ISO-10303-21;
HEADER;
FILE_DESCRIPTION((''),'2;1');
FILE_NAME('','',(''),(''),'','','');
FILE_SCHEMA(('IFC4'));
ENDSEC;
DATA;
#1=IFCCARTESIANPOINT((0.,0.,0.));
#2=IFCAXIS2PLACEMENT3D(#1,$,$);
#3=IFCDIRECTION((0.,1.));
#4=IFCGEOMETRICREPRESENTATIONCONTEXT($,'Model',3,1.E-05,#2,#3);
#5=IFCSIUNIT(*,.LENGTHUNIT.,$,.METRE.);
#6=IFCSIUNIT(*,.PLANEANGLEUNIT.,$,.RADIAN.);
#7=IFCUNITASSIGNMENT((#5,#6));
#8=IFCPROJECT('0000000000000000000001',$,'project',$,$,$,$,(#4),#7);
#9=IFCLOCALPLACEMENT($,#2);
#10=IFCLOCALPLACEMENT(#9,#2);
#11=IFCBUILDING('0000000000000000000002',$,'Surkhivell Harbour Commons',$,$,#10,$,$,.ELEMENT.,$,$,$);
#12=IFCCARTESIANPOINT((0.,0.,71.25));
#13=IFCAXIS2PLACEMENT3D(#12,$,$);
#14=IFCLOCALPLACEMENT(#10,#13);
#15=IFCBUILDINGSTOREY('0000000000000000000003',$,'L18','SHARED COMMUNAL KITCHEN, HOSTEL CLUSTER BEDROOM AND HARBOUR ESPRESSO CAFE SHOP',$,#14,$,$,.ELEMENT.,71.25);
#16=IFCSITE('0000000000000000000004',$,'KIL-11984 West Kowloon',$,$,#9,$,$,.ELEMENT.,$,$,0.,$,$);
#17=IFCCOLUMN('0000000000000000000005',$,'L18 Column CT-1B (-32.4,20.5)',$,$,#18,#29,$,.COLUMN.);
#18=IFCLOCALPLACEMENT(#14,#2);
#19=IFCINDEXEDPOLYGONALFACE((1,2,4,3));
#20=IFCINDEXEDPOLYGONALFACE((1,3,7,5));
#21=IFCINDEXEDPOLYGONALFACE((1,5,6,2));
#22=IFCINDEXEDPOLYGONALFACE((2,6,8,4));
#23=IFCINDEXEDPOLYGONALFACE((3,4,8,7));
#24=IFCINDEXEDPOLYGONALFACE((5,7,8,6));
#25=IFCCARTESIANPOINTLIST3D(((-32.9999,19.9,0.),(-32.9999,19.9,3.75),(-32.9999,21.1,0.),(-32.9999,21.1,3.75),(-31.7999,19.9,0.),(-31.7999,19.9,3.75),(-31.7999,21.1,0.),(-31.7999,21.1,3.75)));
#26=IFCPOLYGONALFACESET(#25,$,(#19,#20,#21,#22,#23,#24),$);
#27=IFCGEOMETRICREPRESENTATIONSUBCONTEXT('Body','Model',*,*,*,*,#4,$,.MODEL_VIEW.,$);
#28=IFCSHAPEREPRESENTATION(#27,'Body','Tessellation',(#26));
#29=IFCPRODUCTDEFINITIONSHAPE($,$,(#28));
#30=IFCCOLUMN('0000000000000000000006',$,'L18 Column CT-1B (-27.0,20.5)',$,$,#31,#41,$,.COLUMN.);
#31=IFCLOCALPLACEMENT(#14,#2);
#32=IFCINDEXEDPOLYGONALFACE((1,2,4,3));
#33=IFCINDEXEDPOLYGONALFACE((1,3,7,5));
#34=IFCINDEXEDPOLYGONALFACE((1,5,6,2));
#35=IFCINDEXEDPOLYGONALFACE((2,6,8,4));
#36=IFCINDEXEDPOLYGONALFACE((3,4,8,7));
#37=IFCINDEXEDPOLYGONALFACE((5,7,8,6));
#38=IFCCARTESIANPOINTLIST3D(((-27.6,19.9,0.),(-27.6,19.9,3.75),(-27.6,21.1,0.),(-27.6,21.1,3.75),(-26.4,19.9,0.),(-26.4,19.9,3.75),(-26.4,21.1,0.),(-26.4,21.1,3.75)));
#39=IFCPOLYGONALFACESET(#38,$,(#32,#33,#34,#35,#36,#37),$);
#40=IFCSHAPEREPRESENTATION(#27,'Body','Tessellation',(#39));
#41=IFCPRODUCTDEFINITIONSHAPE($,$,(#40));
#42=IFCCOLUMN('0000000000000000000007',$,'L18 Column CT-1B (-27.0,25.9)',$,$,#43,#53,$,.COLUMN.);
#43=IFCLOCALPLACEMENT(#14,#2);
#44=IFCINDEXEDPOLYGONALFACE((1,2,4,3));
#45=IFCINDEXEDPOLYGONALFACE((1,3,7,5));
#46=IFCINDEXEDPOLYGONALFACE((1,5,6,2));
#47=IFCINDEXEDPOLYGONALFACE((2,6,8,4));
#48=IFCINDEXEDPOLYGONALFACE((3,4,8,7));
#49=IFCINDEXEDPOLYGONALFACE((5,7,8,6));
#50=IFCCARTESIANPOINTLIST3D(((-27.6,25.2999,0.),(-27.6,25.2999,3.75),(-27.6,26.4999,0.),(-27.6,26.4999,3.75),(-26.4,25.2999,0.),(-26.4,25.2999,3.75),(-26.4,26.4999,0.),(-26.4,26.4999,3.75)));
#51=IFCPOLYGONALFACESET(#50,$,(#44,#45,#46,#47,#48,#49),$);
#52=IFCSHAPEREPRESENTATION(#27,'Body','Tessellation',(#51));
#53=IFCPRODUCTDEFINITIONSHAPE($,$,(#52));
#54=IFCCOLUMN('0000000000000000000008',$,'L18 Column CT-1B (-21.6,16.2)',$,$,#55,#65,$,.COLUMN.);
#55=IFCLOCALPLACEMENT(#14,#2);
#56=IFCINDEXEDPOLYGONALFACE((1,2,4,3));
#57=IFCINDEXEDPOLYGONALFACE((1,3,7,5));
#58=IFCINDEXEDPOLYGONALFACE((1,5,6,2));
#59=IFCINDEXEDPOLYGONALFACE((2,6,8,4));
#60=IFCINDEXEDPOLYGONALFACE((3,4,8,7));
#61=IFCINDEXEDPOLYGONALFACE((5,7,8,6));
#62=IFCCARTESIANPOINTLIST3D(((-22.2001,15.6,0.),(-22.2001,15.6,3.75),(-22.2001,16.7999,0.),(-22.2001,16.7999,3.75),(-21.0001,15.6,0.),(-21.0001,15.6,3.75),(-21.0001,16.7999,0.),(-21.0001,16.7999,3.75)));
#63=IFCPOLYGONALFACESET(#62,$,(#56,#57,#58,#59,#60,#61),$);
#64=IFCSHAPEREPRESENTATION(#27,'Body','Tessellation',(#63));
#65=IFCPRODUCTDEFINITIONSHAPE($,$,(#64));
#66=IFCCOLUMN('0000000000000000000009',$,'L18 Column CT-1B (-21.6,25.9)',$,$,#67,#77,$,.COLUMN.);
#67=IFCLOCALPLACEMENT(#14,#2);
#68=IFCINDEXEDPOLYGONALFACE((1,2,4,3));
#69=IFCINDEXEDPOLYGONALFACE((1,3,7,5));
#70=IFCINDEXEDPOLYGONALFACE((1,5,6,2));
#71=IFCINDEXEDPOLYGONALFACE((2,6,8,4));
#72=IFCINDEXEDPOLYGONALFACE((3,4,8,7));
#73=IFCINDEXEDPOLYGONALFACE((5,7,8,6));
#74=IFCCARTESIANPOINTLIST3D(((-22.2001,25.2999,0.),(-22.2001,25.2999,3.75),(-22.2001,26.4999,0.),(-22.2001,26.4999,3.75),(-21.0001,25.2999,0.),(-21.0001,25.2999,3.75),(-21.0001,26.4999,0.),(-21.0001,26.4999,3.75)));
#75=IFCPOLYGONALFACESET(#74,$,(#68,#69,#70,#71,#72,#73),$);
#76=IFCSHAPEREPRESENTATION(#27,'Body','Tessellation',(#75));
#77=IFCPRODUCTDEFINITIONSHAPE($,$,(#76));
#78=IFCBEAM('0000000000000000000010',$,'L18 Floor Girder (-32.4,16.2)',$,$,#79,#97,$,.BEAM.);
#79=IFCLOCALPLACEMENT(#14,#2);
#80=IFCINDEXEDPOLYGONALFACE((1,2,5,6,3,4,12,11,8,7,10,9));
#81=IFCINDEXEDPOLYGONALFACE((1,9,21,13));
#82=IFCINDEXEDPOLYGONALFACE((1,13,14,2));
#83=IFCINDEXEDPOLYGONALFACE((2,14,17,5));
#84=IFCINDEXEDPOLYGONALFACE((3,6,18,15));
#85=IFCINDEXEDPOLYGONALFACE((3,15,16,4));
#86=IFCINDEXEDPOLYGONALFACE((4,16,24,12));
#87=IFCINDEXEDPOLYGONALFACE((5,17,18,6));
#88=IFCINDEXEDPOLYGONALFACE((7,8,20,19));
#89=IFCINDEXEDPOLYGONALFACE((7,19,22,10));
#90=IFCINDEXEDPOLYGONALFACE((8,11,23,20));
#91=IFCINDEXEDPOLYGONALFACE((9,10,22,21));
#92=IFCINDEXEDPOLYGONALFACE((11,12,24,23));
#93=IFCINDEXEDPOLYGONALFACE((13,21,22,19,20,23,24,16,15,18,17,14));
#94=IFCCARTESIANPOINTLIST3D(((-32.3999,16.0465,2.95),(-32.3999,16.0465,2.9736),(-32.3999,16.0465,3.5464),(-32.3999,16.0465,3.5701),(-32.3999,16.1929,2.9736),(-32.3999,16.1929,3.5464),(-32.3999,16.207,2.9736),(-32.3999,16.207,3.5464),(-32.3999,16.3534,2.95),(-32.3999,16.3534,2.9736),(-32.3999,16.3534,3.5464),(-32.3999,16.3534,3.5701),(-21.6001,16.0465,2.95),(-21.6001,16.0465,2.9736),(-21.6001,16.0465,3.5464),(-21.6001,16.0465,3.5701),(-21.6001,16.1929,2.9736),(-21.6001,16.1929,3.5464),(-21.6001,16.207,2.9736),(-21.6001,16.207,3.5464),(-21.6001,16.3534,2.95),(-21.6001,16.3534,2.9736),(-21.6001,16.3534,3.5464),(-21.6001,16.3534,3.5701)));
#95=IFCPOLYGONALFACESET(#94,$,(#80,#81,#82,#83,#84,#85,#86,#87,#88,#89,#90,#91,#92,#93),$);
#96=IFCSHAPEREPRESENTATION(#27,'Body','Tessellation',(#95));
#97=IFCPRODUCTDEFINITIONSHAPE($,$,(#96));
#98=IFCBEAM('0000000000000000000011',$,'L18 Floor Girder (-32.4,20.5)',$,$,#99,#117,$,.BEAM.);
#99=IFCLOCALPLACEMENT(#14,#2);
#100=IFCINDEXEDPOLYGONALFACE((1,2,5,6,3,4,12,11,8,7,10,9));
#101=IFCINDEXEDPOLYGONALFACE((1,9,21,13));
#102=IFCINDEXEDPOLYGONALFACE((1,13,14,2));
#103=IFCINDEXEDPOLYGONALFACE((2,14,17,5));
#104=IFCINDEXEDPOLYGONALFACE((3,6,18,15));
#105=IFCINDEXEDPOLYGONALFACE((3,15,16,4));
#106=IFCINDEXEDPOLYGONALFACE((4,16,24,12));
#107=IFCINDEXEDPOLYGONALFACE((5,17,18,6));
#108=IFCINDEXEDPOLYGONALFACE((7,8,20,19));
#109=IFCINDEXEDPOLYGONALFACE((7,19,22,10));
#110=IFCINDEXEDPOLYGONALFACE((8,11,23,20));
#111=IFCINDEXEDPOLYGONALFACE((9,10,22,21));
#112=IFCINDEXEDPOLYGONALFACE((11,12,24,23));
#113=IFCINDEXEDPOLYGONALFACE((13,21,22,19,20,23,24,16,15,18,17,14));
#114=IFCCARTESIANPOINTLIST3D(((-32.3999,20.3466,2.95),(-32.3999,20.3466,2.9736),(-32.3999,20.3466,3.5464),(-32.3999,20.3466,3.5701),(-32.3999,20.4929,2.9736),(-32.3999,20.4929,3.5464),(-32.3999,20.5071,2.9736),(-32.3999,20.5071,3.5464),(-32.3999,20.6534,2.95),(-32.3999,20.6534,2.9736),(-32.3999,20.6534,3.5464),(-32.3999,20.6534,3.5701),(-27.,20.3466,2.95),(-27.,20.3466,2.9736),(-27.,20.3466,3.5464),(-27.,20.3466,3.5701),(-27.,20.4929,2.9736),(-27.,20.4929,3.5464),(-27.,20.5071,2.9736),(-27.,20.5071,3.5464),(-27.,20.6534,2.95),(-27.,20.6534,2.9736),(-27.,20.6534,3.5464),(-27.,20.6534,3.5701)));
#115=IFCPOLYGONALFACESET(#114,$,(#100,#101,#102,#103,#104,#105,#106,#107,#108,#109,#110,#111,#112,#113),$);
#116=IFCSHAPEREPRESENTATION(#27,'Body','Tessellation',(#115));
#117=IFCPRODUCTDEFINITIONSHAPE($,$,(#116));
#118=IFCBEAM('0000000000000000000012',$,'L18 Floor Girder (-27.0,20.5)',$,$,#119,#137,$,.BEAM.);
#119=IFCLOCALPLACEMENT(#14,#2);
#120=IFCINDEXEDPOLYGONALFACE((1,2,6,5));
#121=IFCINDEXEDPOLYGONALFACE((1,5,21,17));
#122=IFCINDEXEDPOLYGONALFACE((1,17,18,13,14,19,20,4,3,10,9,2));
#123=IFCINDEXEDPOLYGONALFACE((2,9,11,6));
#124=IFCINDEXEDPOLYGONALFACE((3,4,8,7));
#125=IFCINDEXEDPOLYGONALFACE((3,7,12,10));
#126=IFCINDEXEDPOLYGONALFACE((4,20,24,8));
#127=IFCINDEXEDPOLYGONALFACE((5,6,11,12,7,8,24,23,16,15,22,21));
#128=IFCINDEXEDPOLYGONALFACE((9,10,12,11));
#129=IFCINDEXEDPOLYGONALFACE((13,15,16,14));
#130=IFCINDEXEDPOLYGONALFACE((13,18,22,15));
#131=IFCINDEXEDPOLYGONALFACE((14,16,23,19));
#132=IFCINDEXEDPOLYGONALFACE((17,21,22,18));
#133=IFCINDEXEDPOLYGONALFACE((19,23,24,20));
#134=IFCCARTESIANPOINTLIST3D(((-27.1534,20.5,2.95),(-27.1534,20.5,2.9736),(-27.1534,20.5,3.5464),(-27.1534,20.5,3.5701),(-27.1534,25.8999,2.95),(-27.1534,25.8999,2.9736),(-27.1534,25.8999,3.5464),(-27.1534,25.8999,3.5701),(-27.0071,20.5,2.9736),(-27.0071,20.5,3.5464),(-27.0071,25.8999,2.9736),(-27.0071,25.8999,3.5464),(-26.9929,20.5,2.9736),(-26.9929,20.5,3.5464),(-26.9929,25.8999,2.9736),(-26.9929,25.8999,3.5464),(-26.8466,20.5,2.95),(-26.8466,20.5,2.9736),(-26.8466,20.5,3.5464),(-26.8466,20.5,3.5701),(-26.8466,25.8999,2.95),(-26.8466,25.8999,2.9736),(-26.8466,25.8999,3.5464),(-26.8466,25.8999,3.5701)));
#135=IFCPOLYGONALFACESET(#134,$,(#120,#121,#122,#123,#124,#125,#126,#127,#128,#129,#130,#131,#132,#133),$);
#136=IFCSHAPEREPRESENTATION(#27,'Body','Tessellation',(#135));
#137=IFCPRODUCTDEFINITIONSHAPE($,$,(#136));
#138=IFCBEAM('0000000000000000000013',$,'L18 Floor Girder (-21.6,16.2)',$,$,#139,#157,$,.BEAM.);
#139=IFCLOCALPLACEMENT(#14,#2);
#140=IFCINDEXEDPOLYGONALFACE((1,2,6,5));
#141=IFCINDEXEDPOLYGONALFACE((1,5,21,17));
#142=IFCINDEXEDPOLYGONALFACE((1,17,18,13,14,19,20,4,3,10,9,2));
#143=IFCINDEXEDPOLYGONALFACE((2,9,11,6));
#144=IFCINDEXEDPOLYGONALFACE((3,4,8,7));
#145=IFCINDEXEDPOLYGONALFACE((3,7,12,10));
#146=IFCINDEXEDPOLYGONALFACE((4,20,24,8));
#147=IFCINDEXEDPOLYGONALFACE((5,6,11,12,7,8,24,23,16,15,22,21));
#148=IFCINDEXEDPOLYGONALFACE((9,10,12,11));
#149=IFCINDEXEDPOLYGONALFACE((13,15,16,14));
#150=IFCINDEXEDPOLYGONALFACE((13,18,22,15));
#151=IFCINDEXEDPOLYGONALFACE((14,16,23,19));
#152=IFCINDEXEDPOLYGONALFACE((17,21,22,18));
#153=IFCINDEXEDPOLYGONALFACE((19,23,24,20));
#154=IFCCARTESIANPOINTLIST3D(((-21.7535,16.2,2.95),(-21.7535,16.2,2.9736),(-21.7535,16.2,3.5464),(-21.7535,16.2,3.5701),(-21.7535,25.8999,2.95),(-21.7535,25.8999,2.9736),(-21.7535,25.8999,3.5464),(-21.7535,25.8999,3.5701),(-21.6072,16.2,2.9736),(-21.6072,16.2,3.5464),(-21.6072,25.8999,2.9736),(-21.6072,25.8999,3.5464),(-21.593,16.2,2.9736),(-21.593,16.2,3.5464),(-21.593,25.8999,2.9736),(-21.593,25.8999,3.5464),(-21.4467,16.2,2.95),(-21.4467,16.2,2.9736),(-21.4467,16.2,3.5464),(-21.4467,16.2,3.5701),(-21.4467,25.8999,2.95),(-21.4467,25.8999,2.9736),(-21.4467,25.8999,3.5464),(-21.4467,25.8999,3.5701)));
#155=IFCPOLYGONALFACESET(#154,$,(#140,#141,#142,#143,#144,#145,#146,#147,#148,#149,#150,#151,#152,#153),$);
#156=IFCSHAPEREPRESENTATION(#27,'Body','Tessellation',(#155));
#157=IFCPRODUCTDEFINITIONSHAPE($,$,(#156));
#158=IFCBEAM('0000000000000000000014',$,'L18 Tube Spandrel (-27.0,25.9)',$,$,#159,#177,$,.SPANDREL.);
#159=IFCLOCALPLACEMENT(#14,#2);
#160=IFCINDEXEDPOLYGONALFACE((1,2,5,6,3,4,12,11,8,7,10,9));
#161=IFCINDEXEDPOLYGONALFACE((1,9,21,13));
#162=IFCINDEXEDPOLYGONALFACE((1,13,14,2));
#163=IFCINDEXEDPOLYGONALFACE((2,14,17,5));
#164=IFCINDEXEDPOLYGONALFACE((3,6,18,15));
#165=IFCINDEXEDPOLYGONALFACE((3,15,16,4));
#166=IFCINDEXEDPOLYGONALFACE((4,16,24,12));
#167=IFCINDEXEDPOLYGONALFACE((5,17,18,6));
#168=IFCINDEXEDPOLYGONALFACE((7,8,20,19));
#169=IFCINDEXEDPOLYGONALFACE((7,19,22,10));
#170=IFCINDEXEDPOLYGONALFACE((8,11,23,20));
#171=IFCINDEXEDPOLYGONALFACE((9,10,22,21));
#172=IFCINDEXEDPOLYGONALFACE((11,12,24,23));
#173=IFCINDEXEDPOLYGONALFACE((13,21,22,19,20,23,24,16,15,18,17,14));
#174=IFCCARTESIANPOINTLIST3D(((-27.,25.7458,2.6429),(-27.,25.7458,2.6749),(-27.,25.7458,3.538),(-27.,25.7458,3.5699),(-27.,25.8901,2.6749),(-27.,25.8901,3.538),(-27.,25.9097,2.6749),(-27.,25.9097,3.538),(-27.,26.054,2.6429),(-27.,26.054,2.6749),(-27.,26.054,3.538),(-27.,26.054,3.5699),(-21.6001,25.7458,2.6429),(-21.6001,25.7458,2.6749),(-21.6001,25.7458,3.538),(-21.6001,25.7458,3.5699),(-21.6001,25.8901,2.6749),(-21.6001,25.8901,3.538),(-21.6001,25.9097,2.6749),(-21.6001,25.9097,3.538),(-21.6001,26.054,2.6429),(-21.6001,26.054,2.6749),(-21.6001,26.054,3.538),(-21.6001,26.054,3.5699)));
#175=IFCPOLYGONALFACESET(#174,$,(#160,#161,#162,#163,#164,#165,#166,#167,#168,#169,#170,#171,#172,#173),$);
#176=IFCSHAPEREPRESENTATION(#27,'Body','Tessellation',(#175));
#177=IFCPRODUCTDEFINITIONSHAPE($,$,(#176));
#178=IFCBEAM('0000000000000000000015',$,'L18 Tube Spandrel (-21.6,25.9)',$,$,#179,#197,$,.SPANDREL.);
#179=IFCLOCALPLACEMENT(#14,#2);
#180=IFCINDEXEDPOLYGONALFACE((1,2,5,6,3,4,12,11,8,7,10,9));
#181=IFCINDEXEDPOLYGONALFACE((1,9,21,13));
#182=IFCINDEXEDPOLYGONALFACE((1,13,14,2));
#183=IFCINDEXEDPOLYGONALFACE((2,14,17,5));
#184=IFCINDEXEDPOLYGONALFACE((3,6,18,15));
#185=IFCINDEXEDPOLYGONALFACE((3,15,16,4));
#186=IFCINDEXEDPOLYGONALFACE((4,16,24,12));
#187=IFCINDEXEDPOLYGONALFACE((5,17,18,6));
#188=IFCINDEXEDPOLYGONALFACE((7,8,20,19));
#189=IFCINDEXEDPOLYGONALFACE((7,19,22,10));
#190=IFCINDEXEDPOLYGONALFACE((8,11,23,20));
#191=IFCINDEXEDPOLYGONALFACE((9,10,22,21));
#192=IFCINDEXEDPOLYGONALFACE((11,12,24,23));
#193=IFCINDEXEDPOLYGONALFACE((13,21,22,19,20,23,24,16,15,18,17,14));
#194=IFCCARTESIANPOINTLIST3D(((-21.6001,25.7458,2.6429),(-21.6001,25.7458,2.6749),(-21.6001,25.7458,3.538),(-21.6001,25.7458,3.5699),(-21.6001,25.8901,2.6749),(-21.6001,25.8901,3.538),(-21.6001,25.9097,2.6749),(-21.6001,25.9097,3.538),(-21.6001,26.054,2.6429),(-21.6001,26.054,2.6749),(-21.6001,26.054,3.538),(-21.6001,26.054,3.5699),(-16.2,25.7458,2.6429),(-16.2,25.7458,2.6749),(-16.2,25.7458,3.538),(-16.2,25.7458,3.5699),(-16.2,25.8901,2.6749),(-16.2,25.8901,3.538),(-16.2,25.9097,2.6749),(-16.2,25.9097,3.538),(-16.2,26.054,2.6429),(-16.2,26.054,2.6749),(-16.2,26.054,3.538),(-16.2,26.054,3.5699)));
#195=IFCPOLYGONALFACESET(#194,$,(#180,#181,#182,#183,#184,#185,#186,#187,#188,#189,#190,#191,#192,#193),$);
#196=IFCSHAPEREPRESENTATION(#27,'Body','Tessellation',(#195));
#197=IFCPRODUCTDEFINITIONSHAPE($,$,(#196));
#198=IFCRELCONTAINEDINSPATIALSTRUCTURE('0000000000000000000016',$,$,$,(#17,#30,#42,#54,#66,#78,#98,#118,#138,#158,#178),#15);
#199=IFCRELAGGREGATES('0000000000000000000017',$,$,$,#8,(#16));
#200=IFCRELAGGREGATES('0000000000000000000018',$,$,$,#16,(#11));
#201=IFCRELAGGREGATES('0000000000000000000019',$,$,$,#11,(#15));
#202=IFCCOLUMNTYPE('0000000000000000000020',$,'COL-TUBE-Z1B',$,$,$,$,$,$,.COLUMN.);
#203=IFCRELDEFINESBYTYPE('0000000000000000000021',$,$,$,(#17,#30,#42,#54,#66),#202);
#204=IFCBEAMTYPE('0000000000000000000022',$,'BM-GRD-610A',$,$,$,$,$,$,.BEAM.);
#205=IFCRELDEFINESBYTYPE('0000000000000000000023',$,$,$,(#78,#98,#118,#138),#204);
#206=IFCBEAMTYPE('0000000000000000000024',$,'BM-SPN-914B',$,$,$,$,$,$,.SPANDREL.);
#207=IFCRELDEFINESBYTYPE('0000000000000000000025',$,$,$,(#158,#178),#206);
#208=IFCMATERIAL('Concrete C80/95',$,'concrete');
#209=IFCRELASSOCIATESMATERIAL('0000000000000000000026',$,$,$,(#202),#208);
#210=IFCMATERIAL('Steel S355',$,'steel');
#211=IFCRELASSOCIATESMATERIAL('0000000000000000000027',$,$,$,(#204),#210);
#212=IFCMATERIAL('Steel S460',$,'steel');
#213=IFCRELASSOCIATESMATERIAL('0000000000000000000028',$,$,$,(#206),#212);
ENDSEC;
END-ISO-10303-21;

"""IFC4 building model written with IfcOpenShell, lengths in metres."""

from ifc_helpers import new_model, si_unit, direction, frame, origin, origin_2d, place, context, subcontext, project, spatial, rectangle, i_section, extrude, material, material_profile, profile_set, type_object, element, save


model = new_model("IFC4")

# Units and contexts
model_context = context("Model", 3, precision=1e-05, world=origin(), true_north=direction((0.0, 1.0)))
body_context = subcontext(model_context, "Body", "Model", "MODEL_VIEW")
ifc_project = project(units=[si_unit("LENGTHUNIT", "METRE"), si_unit("PLANEANGLEUNIT", "RADIAN")], contexts=[model_context])

# Site, building, storey
site_placement = place(None, origin())
site = spatial("IfcSite", under=ifc_project, at=site_placement, Name="KIL-11984 West Kowloon", CompositionType="ELEMENT", RefElevation=0.0)
building_placement = place(site_placement, origin())
building = spatial("IfcBuilding", under=site, at=building_placement, Name="Surkhivell Harbour Commons", CompositionType="ELEMENT")
storey_placement = place(building_placement, frame((0.0, 0.0, 71.25)))
storey = spatial("IfcBuildingStorey", under=building, at=storey_placement, Name="L18", Description="SHARED COMMUNAL KITCHEN, HOSTEL CLUSTER BEDROOM AND HARBOUR ESPRESSO CAFE SHOP", CompositionType="ELEMENT", Elevation=71.25)

# Columns
ifc_material_1 = material(Name="Concrete C80/95", Category="concrete")
ifc_material_profile_1 = material_profile(ifc_material_1, rectangle(XDim=1.2, YDim=1.2, at=origin_2d()), Name="RC-COL-1200x1200")
ifc_profile_set_1 = profile_set([ifc_material_profile_1], Name="Concrete C80/95")
column_type = type_object("IfcColumnType", Name="COL-TUBE-Z1B", PredefinedType="COLUMN", material=ifc_profile_set_1)
for number, where, z_axis, x_axis, name in (
    (1, (-32.3999, 20.5, 0.0), (0.0, 0.0, 1.0), (1.0, 0.0, 0.0), "L18 Column CT-1B (-32.4,20.5)"),
    (2, (-27.0, 20.5, 0.0), (0.0, 0.0, 1.0), (1.0, 0.0, 0.0), "L18 Column CT-1B (-27.0,20.5)"),
    (3, (-27.0, 25.8999, 0.0), (0.0, 0.0, 1.0), (1.0, 0.0, 0.0), "L18 Column CT-1B (-27.0,25.9)"),
    (4, (-21.6001, 16.2, 0.0), (0.0, 0.0, 1.0), (1.0, 0.0, 0.0), "L18 Column CT-1B (-21.6,16.2)"),
    (5, (-21.6001, 25.8999, 0.0), (0.0, 0.0, 1.0), (1.0, 0.0, 0.0), "L18 Column CT-1B (-21.6,25.9)"),
):
    element("IfcColumn", number, at=place(storey_placement, frame(where, z_axis=z_axis, x_axis=x_axis)), inside=storey, type_object=column_type, Name=name, PredefinedType="COLUMN", context=body_context, shape_type="SweptSolid", body=[
        extrude(rectangle(XDim=1.2, YDim=1.2, at=origin_2d()), origin(), (0.0, 0.0, 1.0), 3.75),
    ])

# Beams
ifc_material_2 = material(Name="Steel S355", Category="steel")
ifc_material_profile_2 = material_profile(ifc_material_2, i_section(OverallWidth=0.3069, OverallDepth=0.6201, WebThickness=0.0142, FlangeThickness=0.0237, at=origin_2d()), Name="UB610x305x179")
ifc_profile_set_2 = profile_set([ifc_material_profile_2], Name="Steel S355")
beam_type_1 = type_object("IfcBeamType", Name="BM-GRD-610A", PredefinedType="BEAM", material=ifc_profile_set_2)
beam_1_placement = place(storey_placement, frame((-32.3999, 16.2, 3.26), z_axis=(1.0, 0.0, 0.0), x_axis=(0.0, 1.0, 0.0)))
element("IfcBeam", 6, at=beam_1_placement, inside=storey, type_object=beam_type_1, Name="L18 Floor Girder (-32.4,16.2)", PredefinedType="BEAM", context=body_context, shape_type="SweptSolid", body=[
    extrude(i_section(OverallWidth=0.3069, OverallDepth=0.6201, WebThickness=0.0142, FlangeThickness=0.0237, at=origin_2d()), origin(), (0.0, 0.0, 1.0), 10.7998),
])
for number, where, z_axis, x_axis, name in (
    (7, (-32.3999, 20.5, 3.26), (1.0, 0.0, 0.0), (0.0, 1.0, 0.0), "L18 Floor Girder (-32.4,20.5)"),
    (8, (-27.0, 20.5, 3.26), (0.0, 1.0, 0.0), (-1.0, 0.0, 0.0), "L18 Floor Girder (-27.0,20.5)"),
):
    element("IfcBeam", number, at=place(storey_placement, frame(where, z_axis=z_axis, x_axis=x_axis)), inside=storey, type_object=beam_type_1, Name=name, PredefinedType="BEAM", context=body_context, shape_type="SweptSolid", body=[
        extrude(i_section(OverallWidth=0.3069, OverallDepth=0.6201, WebThickness=0.0142, FlangeThickness=0.0237, at=origin_2d()), origin(), (0.0, 0.0, 1.0), 5.3999),
    ])
beam_2_placement = place(storey_placement, frame((-21.6001, 16.2, 3.26), z_axis=(0.0, 1.0, 0.0), x_axis=(-1.0, 0.0, 0.0)))
element("IfcBeam", 9, at=beam_2_placement, inside=storey, type_object=beam_type_1, Name="L18 Floor Girder (-21.6,16.2)", PredefinedType="BEAM", context=body_context, shape_type="SweptSolid", body=[
    extrude(i_section(OverallWidth=0.3069, OverallDepth=0.6201, WebThickness=0.0142, FlangeThickness=0.0237, at=origin_2d()), origin(), (0.0, 0.0, 1.0), 9.7),
])
ifc_material_3 = material(Name="Steel S460", Category="steel")
ifc_material_profile_3 = material_profile(ifc_material_3, i_section(OverallWidth=0.3081, OverallDepth=0.927, WebThickness=0.0195, FlangeThickness=0.032, at=origin_2d()), Name="UB914x305x289")
ifc_profile_set_3 = profile_set([ifc_material_profile_3], Name="Steel S460")
beam_type_2 = type_object("IfcBeamType", Name="BM-SPN-914B", PredefinedType="SPANDREL", material=ifc_profile_set_3)
beam_3_placement = place(storey_placement, frame((-27.0, 25.8999, 3.1064), z_axis=(1.0, 0.0, 0.0), x_axis=(0.0, 1.0, 0.0)))
element("IfcBeam", 10, at=beam_3_placement, inside=storey, type_object=beam_type_2, Name="L18 Tube Spandrel (-27.0,25.9)", PredefinedType="SPANDREL", context=body_context, shape_type="SweptSolid", body=[
    extrude(i_section(OverallWidth=0.3081, OverallDepth=0.927, WebThickness=0.0195, FlangeThickness=0.032, at=origin_2d()), origin(), (0.0, 0.0, 1.0), 5.3999),
])
beam_4_placement = place(storey_placement, frame((-21.6001, 25.8999, 3.1064), z_axis=(1.0, 0.0, 0.0), x_axis=(0.0, 1.0, 0.0)))
element("IfcBeam", 11, at=beam_4_placement, inside=storey, type_object=beam_type_2, Name="L18 Tube Spandrel (-21.6,25.9)", PredefinedType="SPANDREL", context=body_context, shape_type="SweptSolid", body=[
    extrude(i_section(OverallWidth=0.3081, OverallDepth=0.927, WebThickness=0.0195, FlangeThickness=0.032, at=origin_2d()), origin(), (0.0, 0.0, 1.0), 5.4001),
])

save(model, "model.ifc")
